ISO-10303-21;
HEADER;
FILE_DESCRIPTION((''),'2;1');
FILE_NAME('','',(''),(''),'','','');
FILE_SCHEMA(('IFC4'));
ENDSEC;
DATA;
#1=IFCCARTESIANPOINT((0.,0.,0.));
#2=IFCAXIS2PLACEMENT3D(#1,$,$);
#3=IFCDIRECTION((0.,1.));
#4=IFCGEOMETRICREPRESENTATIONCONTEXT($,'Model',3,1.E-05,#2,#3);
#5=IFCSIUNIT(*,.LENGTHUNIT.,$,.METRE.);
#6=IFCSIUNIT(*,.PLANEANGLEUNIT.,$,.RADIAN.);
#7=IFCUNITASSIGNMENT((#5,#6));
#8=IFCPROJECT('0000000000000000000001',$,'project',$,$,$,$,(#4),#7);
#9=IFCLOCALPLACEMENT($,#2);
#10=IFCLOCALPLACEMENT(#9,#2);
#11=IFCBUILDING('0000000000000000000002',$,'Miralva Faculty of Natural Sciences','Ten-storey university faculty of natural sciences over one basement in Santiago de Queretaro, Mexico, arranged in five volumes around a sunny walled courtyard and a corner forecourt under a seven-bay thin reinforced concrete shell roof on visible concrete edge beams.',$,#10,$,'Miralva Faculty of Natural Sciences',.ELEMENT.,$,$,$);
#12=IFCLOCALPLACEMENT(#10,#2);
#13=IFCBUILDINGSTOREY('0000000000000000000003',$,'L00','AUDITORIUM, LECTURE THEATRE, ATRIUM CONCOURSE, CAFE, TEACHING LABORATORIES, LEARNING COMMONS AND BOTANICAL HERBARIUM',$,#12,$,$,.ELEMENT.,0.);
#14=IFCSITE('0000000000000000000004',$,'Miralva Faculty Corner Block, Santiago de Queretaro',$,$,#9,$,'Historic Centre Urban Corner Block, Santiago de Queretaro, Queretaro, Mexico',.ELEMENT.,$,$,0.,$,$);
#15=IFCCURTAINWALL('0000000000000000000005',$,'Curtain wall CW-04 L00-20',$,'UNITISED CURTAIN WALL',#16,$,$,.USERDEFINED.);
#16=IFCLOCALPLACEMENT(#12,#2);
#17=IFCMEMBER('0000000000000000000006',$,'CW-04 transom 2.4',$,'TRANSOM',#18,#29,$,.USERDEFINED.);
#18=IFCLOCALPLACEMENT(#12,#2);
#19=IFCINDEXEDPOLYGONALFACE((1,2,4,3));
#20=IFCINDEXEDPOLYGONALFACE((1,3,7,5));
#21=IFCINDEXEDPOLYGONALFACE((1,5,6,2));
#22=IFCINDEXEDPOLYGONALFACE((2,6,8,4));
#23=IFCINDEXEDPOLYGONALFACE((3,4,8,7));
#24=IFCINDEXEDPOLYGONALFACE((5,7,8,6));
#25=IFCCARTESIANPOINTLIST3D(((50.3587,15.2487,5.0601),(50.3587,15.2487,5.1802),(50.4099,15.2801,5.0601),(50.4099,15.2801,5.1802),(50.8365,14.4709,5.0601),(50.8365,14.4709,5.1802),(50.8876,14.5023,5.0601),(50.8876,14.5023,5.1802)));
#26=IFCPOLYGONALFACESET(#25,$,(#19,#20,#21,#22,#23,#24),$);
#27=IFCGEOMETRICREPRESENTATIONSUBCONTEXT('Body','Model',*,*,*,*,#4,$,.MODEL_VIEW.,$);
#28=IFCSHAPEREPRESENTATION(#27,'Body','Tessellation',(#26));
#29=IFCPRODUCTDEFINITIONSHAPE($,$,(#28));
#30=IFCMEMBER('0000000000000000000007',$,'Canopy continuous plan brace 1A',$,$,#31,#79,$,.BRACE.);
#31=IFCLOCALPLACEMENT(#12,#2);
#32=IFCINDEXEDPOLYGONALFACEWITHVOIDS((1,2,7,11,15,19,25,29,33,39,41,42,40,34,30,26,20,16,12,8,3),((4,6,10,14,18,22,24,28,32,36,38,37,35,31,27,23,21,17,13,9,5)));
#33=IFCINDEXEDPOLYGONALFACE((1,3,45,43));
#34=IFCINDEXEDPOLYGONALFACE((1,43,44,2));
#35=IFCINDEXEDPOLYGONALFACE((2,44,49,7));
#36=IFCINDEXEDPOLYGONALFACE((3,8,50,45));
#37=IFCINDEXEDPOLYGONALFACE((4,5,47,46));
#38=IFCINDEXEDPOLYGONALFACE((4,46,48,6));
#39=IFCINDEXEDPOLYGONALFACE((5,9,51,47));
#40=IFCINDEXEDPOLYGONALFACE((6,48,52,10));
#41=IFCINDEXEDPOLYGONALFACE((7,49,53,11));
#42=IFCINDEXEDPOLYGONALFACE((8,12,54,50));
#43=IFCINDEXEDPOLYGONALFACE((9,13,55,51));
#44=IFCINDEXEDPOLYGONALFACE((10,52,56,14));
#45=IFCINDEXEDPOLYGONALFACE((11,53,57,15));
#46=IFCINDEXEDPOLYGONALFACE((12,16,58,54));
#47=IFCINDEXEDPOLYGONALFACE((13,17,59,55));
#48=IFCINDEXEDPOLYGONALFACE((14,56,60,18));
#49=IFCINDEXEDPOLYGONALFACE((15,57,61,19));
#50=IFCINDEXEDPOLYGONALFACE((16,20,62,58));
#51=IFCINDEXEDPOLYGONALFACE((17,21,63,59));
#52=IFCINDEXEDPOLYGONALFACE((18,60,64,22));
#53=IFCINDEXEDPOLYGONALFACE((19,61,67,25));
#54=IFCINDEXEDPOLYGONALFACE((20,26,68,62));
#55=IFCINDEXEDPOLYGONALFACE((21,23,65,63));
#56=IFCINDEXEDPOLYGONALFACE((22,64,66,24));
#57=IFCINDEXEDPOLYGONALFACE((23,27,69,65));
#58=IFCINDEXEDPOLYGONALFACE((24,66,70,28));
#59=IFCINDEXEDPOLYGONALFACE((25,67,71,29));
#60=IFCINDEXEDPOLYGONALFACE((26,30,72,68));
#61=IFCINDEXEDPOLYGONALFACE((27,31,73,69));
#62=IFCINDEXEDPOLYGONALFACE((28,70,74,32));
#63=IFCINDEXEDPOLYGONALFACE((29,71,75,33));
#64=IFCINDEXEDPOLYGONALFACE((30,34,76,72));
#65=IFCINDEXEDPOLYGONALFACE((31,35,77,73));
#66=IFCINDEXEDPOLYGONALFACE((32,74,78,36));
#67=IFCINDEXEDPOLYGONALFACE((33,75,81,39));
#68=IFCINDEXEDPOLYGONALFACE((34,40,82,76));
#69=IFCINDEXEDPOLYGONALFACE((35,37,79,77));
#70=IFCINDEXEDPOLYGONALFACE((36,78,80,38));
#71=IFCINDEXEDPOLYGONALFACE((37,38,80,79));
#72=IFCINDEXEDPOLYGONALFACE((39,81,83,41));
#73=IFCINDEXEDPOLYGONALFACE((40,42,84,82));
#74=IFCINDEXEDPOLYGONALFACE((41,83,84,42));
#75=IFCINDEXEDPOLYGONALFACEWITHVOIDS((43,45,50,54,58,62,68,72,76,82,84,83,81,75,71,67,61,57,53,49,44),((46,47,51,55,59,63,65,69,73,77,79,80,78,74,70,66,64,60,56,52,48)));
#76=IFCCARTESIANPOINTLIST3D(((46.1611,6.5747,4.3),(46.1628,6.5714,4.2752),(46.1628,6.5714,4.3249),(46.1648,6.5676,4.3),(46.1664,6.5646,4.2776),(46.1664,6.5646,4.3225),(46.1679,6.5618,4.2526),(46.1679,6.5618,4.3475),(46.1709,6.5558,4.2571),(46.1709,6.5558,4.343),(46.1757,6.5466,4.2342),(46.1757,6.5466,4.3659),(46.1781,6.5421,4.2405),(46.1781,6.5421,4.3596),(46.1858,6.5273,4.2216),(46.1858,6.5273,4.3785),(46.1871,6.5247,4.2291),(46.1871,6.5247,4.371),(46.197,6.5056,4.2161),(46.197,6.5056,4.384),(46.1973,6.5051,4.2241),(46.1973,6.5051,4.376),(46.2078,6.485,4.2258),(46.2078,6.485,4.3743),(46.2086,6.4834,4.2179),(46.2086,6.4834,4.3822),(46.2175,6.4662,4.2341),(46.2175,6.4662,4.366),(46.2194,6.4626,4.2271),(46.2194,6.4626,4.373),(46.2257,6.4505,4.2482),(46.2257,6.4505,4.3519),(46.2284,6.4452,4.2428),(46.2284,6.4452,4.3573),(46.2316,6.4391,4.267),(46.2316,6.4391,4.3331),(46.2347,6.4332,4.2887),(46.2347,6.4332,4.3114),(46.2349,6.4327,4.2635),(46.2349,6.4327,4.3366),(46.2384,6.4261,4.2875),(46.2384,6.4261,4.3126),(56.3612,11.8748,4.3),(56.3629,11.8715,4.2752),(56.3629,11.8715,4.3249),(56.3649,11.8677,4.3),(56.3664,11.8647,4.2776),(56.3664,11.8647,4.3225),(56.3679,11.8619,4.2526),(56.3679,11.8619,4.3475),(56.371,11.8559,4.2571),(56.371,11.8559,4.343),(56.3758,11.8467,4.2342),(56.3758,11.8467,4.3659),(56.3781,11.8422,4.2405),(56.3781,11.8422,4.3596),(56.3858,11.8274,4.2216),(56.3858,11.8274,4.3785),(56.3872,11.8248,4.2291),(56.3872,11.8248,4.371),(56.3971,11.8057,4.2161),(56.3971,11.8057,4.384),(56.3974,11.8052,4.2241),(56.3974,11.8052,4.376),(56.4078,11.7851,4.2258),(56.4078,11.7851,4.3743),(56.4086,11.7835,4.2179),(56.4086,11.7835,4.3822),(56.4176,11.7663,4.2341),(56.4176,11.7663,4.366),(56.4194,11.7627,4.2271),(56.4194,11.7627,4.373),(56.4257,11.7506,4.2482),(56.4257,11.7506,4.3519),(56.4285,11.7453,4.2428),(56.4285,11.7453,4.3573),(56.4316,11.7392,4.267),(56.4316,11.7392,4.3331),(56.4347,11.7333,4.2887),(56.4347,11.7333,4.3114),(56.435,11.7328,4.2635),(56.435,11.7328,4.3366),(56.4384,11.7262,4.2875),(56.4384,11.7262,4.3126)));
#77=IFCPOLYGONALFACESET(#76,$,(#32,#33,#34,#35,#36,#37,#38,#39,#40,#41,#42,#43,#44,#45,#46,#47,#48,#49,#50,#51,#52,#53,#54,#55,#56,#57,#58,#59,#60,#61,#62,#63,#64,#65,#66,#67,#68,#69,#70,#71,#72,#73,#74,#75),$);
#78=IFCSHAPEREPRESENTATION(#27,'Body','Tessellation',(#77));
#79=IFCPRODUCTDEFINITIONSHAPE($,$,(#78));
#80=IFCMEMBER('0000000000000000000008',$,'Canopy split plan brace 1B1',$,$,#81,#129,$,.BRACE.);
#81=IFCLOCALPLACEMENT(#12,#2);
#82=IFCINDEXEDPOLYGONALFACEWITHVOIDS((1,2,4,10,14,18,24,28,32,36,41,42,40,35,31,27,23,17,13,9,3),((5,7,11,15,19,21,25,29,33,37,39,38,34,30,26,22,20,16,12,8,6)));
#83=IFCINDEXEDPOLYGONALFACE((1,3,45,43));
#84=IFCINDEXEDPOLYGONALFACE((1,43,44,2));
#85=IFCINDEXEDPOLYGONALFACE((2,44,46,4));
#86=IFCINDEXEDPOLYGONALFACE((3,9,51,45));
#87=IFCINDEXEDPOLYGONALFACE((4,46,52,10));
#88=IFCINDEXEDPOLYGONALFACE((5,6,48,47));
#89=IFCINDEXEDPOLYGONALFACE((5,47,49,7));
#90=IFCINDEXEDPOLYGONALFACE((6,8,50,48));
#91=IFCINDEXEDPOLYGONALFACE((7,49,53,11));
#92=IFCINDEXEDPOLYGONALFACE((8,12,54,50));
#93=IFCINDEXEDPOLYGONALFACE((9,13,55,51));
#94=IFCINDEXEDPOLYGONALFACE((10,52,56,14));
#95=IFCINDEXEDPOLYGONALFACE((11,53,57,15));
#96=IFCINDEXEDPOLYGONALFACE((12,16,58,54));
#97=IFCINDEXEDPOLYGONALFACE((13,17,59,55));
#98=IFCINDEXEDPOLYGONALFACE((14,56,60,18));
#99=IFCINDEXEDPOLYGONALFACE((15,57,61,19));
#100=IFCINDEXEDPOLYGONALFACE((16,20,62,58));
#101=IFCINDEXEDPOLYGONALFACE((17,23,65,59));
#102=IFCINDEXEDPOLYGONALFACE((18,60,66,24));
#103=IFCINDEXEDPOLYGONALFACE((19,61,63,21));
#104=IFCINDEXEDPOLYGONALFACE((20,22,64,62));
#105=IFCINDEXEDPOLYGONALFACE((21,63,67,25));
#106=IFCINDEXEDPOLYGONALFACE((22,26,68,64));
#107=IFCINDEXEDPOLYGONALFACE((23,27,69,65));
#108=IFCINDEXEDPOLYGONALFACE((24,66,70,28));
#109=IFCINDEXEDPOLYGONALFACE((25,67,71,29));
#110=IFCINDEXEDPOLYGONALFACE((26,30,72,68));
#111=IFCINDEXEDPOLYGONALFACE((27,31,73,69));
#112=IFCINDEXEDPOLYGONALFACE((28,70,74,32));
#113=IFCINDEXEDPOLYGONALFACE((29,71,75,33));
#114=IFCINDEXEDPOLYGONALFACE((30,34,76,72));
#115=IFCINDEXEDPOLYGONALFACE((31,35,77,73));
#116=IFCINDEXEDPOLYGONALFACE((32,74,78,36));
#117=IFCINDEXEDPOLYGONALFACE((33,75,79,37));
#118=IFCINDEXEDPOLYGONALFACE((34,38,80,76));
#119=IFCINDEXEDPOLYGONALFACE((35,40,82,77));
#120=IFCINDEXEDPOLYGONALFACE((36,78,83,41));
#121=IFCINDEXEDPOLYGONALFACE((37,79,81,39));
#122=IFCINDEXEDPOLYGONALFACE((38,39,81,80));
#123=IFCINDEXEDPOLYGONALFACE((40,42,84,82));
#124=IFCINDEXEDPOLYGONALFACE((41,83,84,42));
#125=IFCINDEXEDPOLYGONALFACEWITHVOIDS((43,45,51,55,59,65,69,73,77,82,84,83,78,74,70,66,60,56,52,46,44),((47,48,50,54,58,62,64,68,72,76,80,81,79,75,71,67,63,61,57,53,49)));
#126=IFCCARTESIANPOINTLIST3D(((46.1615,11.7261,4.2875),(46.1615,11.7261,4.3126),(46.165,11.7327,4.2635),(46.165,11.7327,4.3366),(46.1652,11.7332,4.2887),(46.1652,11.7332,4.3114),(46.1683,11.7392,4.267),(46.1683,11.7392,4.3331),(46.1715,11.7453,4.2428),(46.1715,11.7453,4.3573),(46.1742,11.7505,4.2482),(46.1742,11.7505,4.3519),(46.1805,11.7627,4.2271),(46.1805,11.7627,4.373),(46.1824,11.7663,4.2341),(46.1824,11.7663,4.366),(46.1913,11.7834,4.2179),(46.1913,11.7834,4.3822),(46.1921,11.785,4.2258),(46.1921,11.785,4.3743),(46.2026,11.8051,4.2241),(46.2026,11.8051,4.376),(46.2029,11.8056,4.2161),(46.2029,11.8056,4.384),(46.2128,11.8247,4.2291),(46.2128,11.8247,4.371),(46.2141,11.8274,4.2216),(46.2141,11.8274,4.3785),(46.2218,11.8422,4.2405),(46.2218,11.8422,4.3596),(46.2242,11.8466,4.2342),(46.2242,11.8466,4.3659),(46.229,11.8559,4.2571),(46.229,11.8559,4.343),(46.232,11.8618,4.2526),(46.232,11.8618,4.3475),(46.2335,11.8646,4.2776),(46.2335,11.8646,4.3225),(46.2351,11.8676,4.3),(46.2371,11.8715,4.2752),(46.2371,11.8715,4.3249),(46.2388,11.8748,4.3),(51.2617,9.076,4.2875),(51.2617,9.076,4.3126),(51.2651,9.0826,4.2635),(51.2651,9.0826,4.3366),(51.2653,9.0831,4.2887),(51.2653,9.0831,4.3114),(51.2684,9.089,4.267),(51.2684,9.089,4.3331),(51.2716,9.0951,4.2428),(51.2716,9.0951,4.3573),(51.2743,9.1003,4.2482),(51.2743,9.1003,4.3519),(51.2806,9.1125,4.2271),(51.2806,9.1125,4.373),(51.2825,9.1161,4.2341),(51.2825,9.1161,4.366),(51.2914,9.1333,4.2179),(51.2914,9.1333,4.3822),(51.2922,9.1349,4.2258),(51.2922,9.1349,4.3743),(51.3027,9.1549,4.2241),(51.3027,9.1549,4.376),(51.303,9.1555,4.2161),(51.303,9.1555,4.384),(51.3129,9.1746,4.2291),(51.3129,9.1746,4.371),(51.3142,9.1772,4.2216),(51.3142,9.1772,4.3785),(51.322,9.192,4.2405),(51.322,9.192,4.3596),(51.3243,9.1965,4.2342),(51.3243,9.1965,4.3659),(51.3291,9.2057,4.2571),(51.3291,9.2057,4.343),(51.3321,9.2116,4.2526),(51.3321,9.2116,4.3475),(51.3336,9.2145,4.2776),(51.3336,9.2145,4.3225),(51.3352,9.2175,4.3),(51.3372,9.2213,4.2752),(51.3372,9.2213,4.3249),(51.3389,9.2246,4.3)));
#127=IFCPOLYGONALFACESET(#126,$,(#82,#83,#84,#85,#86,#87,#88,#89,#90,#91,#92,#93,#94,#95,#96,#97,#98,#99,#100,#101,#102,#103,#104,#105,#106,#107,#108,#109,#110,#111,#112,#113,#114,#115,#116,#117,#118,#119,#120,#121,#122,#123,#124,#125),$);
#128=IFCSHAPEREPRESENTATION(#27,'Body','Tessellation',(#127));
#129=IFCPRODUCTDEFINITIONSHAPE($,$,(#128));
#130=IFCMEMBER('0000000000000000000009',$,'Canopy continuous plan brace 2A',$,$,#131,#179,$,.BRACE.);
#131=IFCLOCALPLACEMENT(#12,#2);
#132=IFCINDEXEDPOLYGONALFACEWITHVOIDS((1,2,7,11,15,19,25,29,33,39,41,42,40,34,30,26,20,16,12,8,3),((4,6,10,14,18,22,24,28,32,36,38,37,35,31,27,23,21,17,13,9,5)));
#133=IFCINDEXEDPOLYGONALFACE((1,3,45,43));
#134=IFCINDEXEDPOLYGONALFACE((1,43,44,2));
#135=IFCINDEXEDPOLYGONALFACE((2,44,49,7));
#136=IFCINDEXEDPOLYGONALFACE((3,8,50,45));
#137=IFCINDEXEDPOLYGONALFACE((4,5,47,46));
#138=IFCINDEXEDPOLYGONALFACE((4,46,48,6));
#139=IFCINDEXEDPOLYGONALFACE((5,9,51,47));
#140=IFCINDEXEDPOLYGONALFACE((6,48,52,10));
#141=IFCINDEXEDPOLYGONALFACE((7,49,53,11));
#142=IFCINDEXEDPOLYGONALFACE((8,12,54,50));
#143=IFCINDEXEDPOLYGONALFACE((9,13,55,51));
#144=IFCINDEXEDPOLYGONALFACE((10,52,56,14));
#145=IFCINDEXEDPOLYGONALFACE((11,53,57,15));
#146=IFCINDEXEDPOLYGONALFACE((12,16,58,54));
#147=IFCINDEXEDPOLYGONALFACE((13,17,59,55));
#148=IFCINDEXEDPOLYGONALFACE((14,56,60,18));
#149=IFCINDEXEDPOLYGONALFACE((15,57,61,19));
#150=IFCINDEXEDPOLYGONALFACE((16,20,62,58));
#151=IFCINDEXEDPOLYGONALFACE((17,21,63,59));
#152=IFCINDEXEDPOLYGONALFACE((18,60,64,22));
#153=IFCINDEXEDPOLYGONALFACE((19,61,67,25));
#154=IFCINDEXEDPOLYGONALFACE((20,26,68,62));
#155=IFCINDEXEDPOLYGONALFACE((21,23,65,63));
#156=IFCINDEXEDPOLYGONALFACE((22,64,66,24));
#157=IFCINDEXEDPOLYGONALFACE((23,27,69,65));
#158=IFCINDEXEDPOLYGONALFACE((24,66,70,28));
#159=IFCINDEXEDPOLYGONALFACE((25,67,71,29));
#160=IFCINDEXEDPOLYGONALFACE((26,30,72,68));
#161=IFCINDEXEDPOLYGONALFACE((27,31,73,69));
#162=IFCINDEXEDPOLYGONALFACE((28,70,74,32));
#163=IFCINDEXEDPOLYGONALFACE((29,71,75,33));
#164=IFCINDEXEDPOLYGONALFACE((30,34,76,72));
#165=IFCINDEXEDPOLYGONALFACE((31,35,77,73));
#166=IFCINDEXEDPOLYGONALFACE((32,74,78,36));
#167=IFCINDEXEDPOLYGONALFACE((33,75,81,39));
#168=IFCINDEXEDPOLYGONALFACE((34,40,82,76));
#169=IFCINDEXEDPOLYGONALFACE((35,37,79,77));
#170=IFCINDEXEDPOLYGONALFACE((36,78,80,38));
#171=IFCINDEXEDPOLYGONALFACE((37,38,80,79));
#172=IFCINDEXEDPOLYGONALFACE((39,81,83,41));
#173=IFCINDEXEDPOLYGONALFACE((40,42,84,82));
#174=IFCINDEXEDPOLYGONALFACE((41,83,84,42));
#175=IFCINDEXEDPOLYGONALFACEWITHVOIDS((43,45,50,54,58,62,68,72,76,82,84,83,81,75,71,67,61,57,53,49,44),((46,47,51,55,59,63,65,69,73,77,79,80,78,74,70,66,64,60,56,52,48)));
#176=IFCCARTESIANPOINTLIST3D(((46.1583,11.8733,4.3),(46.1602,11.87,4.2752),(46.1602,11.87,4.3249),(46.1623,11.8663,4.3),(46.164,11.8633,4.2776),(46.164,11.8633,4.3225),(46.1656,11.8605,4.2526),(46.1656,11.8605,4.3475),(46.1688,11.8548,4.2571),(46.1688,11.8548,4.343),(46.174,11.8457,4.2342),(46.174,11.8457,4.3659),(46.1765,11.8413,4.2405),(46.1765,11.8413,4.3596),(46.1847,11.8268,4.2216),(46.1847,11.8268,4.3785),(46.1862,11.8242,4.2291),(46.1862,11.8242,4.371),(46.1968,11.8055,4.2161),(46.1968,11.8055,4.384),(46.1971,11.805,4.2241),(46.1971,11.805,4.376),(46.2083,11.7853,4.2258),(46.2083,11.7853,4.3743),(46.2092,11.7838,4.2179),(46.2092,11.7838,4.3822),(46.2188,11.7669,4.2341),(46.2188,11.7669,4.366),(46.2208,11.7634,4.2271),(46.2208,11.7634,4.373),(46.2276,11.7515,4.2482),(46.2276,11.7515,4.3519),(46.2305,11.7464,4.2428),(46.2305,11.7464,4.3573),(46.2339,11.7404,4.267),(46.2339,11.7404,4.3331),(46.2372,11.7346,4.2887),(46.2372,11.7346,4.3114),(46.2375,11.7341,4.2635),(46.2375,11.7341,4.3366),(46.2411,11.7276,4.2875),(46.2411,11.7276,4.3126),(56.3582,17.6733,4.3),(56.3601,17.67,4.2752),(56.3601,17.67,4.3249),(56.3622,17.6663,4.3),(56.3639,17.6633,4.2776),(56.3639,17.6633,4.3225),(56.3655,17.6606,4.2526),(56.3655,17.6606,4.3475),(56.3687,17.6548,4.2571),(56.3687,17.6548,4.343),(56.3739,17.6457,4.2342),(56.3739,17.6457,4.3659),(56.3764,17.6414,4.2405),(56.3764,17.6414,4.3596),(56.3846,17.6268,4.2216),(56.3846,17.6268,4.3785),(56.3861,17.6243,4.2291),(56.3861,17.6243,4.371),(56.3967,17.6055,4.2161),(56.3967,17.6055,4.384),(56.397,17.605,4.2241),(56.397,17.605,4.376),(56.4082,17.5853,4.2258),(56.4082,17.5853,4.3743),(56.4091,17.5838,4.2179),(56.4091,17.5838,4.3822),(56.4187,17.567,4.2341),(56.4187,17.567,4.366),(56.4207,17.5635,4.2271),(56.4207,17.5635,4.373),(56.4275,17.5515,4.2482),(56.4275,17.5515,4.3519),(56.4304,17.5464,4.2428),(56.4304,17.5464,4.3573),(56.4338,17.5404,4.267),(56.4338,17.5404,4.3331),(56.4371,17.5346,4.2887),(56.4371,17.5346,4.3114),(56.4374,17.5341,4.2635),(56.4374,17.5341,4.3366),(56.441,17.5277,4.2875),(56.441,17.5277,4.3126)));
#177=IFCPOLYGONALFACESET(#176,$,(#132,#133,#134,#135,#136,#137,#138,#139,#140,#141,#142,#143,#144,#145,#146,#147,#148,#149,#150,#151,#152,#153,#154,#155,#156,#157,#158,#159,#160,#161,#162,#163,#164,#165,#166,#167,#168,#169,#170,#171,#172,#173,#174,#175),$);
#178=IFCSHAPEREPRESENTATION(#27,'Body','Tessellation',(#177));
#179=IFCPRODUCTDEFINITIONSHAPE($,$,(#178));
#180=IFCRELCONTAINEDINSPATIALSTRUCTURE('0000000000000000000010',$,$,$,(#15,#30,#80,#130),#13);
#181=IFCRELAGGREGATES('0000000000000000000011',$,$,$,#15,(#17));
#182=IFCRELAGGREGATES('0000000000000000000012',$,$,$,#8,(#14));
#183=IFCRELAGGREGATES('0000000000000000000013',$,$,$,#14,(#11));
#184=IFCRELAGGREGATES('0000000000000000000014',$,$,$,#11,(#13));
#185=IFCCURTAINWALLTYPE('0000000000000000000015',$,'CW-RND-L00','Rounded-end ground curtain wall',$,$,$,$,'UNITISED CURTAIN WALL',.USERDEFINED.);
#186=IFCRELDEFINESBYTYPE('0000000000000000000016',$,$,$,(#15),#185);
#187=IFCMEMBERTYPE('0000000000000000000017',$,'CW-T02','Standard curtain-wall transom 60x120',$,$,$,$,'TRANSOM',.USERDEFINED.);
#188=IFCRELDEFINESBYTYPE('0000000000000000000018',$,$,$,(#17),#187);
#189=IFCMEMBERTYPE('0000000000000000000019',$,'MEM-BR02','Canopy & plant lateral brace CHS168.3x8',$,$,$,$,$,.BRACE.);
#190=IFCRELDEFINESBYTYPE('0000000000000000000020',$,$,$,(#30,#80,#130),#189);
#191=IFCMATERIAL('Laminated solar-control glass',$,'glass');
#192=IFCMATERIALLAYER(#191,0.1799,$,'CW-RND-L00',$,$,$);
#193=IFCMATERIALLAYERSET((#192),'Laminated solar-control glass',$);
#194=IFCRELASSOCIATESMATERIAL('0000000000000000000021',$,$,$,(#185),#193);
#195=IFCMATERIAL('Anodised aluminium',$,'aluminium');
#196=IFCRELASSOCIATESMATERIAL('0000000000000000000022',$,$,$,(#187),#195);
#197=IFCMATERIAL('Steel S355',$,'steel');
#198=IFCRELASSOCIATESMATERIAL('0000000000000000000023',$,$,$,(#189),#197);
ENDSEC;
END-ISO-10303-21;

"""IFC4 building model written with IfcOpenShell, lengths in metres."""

from ifc_helpers import new_model, si_unit, direction, frame, origin, origin_2d, place, context, subcontext, project, spatial, rectangle, hollow_circle, extrude, material, layer, layer_set, material_profile, profile_set, type_object, element, aggregate, save


model = new_model("IFC4")

# Units and contexts
model_context = context("Model", 3, precision=1e-05, world=origin(), true_north=direction((0.0, 1.0)))
body_context = subcontext(model_context, "Body", "Model", "MODEL_VIEW")
ifc_project = project(units=[si_unit("LENGTHUNIT", "METRE"), si_unit("PLANEANGLEUNIT", "RADIAN")], contexts=[model_context])

# Site, building, storey
site_placement = place(None, origin())
site = spatial("IfcSite", under=ifc_project, at=site_placement, Name="Miralva Faculty Corner Block, Santiago de Queretaro", LongName="Historic Centre Urban Corner Block, Santiago de Queretaro, Queretaro, Mexico", CompositionType="ELEMENT", RefElevation=0.0)
building_placement = place(site_placement, origin())
building = spatial("IfcBuilding", under=site, at=building_placement, Name="Miralva Faculty of Natural Sciences", Description="Ten-storey university faculty of natural sciences over one basement in Santiago de Queretaro, Mexico, arranged in five volumes around a sunny walled courtyard and a corner forecourt under a seven-bay thin reinforced concrete shell roof on visible concrete edge beams.", LongName="Miralva Faculty of Natural Sciences", CompositionType="ELEMENT")
storey_placement = place(building_placement, origin())
storey = spatial("IfcBuildingStorey", under=building, at=storey_placement, Name="L00", Description="AUDITORIUM, LECTURE THEATRE, ATRIUM CONCOURSE, CAFE, TEACHING LABORATORIES, LEARNING COMMONS AND BOTANICAL HERBARIUM", CompositionType="ELEMENT", Elevation=0.0)

# Shared definitions
ifc_material_1 = material(Name="Steel S355", Category="steel")

# Curtain wall, member
ifc_material_2 = material(Name="Laminated solar-control glass", Category="glass")
ifc_layer_1 = layer(ifc_material_2, 0.1799, Name="CW-RND-L00")
ifc_layer_set_1 = layer_set([ifc_layer_1], Name="Laminated solar-control glass")
curtain_wall_type = type_object("IfcCurtainWallType", Name="CW-RND-L00", Description="Rounded-end ground curtain wall", ElementType="UNITISED CURTAIN WALL", PredefinedType="USERDEFINED", material=ifc_layer_set_1)
curtain_wall_placement = place(storey_placement, origin())
curtain_wall = element("IfcCurtainWall", 1, at=curtain_wall_placement, inside=storey, type_object=curtain_wall_type, Name="Curtain wall CW-04 L00-20", ObjectType="UNITISED CURTAIN WALL", PredefinedType="USERDEFINED")
ifc_material_3 = material(Name="Anodised aluminium", Category="aluminium")
ifc_material_profile_1 = material_profile(ifc_material_3, rectangle(XDim=0.0601, YDim=0.1201, at=origin_2d()), Name="TRANSOM 60x120")
ifc_profile_set_1 = profile_set([ifc_material_profile_1], Name="Anodised aluminium")
member_type_1 = type_object("IfcMemberType", Name="CW-T02", Description="Standard curtain-wall transom 60x120", ElementType="TRANSOM", PredefinedType="USERDEFINED", material=ifc_profile_set_1)
member_1_placement = place(storey_placement, frame((50.3843, 15.2644, 5.1201), z_axis=(0.523396, -0.85209, 0.0), x_axis=(0.85209, 0.523396, 0.0)))
member_1 = element("IfcMember", 2, at=member_1_placement, type_object=member_type_1, Name="CW-04 transom 2.4", ObjectType="TRANSOM", PredefinedType="USERDEFINED", context=body_context, shape_type="SweptSolid", body=[
    extrude(rectangle(XDim=0.0601, YDim=0.1201, at=origin_2d()), origin(), (0.0, 0.0, 1.0), 0.9128),
])
aggregate(curtain_wall, [member_1])

# Members
ifc_material_profile_2 = material_profile(ifc_material_1, hollow_circle(Radius=0.0842, WallThickness=0.0081, at=origin_2d()), Name="CHS 168.3x8")
ifc_profile_set_2 = profile_set([ifc_material_profile_2], Name="Steel S355")
member_type_2 = type_object("IfcMemberType", Name="MEM-BR02", Description="Canopy & plant lateral brace CHS168.3x8", PredefinedType="BRACE", material=ifc_profile_set_2)
member_2_placement = place(storey_placement, frame((46.2, 6.5, 4.3), z_axis=(0.887357, 0.461084, 0.0), x_axis=(-0.461084, 0.887357, 0.0)))
element("IfcMember", 3, at=member_2_placement, inside=storey, type_object=member_type_2, Name="Canopy continuous plan brace 1A", PredefinedType="BRACE", context=body_context, shape_type="SweptSolid", body=[
    extrude(hollow_circle(Radius=0.0842, WallThickness=0.0081, at=origin_2d()), origin(), (0.0, 0.0, 1.0), 11.4949),
])
member_3_placement = place(storey_placement, frame((46.2, 11.8, 4.3), z_axis=(0.887352, -0.461092, 0.0), x_axis=(0.461092, 0.887352, 0.0)))
element("IfcMember", 4, at=member_3_placement, inside=storey, type_object=member_type_2, Name="Canopy split plan brace 1B1", PredefinedType="BRACE", context=body_context, shape_type="SweptSolid", body=[
    extrude(hollow_circle(Radius=0.0842, WallThickness=0.0081, at=origin_2d()), origin(), (0.0, 0.0, 1.0), 5.7476),
])
member_4_placement = place(storey_placement, frame((46.2, 11.8, 4.3), z_axis=(0.869287, 0.494307, 0.0), x_axis=(-0.494307, 0.869287, 0.0)))
element("IfcMember", 5, at=member_4_placement, inside=storey, type_object=member_type_2, Name="Canopy continuous plan brace 2A", PredefinedType="BRACE", context=body_context, shape_type="SweptSolid", body=[
    extrude(hollow_circle(Radius=0.0842, WallThickness=0.0081, at=origin_2d()), origin(), (0.0, 0.0, 1.0), 11.7336),
])

save(model, "model.ifc")
